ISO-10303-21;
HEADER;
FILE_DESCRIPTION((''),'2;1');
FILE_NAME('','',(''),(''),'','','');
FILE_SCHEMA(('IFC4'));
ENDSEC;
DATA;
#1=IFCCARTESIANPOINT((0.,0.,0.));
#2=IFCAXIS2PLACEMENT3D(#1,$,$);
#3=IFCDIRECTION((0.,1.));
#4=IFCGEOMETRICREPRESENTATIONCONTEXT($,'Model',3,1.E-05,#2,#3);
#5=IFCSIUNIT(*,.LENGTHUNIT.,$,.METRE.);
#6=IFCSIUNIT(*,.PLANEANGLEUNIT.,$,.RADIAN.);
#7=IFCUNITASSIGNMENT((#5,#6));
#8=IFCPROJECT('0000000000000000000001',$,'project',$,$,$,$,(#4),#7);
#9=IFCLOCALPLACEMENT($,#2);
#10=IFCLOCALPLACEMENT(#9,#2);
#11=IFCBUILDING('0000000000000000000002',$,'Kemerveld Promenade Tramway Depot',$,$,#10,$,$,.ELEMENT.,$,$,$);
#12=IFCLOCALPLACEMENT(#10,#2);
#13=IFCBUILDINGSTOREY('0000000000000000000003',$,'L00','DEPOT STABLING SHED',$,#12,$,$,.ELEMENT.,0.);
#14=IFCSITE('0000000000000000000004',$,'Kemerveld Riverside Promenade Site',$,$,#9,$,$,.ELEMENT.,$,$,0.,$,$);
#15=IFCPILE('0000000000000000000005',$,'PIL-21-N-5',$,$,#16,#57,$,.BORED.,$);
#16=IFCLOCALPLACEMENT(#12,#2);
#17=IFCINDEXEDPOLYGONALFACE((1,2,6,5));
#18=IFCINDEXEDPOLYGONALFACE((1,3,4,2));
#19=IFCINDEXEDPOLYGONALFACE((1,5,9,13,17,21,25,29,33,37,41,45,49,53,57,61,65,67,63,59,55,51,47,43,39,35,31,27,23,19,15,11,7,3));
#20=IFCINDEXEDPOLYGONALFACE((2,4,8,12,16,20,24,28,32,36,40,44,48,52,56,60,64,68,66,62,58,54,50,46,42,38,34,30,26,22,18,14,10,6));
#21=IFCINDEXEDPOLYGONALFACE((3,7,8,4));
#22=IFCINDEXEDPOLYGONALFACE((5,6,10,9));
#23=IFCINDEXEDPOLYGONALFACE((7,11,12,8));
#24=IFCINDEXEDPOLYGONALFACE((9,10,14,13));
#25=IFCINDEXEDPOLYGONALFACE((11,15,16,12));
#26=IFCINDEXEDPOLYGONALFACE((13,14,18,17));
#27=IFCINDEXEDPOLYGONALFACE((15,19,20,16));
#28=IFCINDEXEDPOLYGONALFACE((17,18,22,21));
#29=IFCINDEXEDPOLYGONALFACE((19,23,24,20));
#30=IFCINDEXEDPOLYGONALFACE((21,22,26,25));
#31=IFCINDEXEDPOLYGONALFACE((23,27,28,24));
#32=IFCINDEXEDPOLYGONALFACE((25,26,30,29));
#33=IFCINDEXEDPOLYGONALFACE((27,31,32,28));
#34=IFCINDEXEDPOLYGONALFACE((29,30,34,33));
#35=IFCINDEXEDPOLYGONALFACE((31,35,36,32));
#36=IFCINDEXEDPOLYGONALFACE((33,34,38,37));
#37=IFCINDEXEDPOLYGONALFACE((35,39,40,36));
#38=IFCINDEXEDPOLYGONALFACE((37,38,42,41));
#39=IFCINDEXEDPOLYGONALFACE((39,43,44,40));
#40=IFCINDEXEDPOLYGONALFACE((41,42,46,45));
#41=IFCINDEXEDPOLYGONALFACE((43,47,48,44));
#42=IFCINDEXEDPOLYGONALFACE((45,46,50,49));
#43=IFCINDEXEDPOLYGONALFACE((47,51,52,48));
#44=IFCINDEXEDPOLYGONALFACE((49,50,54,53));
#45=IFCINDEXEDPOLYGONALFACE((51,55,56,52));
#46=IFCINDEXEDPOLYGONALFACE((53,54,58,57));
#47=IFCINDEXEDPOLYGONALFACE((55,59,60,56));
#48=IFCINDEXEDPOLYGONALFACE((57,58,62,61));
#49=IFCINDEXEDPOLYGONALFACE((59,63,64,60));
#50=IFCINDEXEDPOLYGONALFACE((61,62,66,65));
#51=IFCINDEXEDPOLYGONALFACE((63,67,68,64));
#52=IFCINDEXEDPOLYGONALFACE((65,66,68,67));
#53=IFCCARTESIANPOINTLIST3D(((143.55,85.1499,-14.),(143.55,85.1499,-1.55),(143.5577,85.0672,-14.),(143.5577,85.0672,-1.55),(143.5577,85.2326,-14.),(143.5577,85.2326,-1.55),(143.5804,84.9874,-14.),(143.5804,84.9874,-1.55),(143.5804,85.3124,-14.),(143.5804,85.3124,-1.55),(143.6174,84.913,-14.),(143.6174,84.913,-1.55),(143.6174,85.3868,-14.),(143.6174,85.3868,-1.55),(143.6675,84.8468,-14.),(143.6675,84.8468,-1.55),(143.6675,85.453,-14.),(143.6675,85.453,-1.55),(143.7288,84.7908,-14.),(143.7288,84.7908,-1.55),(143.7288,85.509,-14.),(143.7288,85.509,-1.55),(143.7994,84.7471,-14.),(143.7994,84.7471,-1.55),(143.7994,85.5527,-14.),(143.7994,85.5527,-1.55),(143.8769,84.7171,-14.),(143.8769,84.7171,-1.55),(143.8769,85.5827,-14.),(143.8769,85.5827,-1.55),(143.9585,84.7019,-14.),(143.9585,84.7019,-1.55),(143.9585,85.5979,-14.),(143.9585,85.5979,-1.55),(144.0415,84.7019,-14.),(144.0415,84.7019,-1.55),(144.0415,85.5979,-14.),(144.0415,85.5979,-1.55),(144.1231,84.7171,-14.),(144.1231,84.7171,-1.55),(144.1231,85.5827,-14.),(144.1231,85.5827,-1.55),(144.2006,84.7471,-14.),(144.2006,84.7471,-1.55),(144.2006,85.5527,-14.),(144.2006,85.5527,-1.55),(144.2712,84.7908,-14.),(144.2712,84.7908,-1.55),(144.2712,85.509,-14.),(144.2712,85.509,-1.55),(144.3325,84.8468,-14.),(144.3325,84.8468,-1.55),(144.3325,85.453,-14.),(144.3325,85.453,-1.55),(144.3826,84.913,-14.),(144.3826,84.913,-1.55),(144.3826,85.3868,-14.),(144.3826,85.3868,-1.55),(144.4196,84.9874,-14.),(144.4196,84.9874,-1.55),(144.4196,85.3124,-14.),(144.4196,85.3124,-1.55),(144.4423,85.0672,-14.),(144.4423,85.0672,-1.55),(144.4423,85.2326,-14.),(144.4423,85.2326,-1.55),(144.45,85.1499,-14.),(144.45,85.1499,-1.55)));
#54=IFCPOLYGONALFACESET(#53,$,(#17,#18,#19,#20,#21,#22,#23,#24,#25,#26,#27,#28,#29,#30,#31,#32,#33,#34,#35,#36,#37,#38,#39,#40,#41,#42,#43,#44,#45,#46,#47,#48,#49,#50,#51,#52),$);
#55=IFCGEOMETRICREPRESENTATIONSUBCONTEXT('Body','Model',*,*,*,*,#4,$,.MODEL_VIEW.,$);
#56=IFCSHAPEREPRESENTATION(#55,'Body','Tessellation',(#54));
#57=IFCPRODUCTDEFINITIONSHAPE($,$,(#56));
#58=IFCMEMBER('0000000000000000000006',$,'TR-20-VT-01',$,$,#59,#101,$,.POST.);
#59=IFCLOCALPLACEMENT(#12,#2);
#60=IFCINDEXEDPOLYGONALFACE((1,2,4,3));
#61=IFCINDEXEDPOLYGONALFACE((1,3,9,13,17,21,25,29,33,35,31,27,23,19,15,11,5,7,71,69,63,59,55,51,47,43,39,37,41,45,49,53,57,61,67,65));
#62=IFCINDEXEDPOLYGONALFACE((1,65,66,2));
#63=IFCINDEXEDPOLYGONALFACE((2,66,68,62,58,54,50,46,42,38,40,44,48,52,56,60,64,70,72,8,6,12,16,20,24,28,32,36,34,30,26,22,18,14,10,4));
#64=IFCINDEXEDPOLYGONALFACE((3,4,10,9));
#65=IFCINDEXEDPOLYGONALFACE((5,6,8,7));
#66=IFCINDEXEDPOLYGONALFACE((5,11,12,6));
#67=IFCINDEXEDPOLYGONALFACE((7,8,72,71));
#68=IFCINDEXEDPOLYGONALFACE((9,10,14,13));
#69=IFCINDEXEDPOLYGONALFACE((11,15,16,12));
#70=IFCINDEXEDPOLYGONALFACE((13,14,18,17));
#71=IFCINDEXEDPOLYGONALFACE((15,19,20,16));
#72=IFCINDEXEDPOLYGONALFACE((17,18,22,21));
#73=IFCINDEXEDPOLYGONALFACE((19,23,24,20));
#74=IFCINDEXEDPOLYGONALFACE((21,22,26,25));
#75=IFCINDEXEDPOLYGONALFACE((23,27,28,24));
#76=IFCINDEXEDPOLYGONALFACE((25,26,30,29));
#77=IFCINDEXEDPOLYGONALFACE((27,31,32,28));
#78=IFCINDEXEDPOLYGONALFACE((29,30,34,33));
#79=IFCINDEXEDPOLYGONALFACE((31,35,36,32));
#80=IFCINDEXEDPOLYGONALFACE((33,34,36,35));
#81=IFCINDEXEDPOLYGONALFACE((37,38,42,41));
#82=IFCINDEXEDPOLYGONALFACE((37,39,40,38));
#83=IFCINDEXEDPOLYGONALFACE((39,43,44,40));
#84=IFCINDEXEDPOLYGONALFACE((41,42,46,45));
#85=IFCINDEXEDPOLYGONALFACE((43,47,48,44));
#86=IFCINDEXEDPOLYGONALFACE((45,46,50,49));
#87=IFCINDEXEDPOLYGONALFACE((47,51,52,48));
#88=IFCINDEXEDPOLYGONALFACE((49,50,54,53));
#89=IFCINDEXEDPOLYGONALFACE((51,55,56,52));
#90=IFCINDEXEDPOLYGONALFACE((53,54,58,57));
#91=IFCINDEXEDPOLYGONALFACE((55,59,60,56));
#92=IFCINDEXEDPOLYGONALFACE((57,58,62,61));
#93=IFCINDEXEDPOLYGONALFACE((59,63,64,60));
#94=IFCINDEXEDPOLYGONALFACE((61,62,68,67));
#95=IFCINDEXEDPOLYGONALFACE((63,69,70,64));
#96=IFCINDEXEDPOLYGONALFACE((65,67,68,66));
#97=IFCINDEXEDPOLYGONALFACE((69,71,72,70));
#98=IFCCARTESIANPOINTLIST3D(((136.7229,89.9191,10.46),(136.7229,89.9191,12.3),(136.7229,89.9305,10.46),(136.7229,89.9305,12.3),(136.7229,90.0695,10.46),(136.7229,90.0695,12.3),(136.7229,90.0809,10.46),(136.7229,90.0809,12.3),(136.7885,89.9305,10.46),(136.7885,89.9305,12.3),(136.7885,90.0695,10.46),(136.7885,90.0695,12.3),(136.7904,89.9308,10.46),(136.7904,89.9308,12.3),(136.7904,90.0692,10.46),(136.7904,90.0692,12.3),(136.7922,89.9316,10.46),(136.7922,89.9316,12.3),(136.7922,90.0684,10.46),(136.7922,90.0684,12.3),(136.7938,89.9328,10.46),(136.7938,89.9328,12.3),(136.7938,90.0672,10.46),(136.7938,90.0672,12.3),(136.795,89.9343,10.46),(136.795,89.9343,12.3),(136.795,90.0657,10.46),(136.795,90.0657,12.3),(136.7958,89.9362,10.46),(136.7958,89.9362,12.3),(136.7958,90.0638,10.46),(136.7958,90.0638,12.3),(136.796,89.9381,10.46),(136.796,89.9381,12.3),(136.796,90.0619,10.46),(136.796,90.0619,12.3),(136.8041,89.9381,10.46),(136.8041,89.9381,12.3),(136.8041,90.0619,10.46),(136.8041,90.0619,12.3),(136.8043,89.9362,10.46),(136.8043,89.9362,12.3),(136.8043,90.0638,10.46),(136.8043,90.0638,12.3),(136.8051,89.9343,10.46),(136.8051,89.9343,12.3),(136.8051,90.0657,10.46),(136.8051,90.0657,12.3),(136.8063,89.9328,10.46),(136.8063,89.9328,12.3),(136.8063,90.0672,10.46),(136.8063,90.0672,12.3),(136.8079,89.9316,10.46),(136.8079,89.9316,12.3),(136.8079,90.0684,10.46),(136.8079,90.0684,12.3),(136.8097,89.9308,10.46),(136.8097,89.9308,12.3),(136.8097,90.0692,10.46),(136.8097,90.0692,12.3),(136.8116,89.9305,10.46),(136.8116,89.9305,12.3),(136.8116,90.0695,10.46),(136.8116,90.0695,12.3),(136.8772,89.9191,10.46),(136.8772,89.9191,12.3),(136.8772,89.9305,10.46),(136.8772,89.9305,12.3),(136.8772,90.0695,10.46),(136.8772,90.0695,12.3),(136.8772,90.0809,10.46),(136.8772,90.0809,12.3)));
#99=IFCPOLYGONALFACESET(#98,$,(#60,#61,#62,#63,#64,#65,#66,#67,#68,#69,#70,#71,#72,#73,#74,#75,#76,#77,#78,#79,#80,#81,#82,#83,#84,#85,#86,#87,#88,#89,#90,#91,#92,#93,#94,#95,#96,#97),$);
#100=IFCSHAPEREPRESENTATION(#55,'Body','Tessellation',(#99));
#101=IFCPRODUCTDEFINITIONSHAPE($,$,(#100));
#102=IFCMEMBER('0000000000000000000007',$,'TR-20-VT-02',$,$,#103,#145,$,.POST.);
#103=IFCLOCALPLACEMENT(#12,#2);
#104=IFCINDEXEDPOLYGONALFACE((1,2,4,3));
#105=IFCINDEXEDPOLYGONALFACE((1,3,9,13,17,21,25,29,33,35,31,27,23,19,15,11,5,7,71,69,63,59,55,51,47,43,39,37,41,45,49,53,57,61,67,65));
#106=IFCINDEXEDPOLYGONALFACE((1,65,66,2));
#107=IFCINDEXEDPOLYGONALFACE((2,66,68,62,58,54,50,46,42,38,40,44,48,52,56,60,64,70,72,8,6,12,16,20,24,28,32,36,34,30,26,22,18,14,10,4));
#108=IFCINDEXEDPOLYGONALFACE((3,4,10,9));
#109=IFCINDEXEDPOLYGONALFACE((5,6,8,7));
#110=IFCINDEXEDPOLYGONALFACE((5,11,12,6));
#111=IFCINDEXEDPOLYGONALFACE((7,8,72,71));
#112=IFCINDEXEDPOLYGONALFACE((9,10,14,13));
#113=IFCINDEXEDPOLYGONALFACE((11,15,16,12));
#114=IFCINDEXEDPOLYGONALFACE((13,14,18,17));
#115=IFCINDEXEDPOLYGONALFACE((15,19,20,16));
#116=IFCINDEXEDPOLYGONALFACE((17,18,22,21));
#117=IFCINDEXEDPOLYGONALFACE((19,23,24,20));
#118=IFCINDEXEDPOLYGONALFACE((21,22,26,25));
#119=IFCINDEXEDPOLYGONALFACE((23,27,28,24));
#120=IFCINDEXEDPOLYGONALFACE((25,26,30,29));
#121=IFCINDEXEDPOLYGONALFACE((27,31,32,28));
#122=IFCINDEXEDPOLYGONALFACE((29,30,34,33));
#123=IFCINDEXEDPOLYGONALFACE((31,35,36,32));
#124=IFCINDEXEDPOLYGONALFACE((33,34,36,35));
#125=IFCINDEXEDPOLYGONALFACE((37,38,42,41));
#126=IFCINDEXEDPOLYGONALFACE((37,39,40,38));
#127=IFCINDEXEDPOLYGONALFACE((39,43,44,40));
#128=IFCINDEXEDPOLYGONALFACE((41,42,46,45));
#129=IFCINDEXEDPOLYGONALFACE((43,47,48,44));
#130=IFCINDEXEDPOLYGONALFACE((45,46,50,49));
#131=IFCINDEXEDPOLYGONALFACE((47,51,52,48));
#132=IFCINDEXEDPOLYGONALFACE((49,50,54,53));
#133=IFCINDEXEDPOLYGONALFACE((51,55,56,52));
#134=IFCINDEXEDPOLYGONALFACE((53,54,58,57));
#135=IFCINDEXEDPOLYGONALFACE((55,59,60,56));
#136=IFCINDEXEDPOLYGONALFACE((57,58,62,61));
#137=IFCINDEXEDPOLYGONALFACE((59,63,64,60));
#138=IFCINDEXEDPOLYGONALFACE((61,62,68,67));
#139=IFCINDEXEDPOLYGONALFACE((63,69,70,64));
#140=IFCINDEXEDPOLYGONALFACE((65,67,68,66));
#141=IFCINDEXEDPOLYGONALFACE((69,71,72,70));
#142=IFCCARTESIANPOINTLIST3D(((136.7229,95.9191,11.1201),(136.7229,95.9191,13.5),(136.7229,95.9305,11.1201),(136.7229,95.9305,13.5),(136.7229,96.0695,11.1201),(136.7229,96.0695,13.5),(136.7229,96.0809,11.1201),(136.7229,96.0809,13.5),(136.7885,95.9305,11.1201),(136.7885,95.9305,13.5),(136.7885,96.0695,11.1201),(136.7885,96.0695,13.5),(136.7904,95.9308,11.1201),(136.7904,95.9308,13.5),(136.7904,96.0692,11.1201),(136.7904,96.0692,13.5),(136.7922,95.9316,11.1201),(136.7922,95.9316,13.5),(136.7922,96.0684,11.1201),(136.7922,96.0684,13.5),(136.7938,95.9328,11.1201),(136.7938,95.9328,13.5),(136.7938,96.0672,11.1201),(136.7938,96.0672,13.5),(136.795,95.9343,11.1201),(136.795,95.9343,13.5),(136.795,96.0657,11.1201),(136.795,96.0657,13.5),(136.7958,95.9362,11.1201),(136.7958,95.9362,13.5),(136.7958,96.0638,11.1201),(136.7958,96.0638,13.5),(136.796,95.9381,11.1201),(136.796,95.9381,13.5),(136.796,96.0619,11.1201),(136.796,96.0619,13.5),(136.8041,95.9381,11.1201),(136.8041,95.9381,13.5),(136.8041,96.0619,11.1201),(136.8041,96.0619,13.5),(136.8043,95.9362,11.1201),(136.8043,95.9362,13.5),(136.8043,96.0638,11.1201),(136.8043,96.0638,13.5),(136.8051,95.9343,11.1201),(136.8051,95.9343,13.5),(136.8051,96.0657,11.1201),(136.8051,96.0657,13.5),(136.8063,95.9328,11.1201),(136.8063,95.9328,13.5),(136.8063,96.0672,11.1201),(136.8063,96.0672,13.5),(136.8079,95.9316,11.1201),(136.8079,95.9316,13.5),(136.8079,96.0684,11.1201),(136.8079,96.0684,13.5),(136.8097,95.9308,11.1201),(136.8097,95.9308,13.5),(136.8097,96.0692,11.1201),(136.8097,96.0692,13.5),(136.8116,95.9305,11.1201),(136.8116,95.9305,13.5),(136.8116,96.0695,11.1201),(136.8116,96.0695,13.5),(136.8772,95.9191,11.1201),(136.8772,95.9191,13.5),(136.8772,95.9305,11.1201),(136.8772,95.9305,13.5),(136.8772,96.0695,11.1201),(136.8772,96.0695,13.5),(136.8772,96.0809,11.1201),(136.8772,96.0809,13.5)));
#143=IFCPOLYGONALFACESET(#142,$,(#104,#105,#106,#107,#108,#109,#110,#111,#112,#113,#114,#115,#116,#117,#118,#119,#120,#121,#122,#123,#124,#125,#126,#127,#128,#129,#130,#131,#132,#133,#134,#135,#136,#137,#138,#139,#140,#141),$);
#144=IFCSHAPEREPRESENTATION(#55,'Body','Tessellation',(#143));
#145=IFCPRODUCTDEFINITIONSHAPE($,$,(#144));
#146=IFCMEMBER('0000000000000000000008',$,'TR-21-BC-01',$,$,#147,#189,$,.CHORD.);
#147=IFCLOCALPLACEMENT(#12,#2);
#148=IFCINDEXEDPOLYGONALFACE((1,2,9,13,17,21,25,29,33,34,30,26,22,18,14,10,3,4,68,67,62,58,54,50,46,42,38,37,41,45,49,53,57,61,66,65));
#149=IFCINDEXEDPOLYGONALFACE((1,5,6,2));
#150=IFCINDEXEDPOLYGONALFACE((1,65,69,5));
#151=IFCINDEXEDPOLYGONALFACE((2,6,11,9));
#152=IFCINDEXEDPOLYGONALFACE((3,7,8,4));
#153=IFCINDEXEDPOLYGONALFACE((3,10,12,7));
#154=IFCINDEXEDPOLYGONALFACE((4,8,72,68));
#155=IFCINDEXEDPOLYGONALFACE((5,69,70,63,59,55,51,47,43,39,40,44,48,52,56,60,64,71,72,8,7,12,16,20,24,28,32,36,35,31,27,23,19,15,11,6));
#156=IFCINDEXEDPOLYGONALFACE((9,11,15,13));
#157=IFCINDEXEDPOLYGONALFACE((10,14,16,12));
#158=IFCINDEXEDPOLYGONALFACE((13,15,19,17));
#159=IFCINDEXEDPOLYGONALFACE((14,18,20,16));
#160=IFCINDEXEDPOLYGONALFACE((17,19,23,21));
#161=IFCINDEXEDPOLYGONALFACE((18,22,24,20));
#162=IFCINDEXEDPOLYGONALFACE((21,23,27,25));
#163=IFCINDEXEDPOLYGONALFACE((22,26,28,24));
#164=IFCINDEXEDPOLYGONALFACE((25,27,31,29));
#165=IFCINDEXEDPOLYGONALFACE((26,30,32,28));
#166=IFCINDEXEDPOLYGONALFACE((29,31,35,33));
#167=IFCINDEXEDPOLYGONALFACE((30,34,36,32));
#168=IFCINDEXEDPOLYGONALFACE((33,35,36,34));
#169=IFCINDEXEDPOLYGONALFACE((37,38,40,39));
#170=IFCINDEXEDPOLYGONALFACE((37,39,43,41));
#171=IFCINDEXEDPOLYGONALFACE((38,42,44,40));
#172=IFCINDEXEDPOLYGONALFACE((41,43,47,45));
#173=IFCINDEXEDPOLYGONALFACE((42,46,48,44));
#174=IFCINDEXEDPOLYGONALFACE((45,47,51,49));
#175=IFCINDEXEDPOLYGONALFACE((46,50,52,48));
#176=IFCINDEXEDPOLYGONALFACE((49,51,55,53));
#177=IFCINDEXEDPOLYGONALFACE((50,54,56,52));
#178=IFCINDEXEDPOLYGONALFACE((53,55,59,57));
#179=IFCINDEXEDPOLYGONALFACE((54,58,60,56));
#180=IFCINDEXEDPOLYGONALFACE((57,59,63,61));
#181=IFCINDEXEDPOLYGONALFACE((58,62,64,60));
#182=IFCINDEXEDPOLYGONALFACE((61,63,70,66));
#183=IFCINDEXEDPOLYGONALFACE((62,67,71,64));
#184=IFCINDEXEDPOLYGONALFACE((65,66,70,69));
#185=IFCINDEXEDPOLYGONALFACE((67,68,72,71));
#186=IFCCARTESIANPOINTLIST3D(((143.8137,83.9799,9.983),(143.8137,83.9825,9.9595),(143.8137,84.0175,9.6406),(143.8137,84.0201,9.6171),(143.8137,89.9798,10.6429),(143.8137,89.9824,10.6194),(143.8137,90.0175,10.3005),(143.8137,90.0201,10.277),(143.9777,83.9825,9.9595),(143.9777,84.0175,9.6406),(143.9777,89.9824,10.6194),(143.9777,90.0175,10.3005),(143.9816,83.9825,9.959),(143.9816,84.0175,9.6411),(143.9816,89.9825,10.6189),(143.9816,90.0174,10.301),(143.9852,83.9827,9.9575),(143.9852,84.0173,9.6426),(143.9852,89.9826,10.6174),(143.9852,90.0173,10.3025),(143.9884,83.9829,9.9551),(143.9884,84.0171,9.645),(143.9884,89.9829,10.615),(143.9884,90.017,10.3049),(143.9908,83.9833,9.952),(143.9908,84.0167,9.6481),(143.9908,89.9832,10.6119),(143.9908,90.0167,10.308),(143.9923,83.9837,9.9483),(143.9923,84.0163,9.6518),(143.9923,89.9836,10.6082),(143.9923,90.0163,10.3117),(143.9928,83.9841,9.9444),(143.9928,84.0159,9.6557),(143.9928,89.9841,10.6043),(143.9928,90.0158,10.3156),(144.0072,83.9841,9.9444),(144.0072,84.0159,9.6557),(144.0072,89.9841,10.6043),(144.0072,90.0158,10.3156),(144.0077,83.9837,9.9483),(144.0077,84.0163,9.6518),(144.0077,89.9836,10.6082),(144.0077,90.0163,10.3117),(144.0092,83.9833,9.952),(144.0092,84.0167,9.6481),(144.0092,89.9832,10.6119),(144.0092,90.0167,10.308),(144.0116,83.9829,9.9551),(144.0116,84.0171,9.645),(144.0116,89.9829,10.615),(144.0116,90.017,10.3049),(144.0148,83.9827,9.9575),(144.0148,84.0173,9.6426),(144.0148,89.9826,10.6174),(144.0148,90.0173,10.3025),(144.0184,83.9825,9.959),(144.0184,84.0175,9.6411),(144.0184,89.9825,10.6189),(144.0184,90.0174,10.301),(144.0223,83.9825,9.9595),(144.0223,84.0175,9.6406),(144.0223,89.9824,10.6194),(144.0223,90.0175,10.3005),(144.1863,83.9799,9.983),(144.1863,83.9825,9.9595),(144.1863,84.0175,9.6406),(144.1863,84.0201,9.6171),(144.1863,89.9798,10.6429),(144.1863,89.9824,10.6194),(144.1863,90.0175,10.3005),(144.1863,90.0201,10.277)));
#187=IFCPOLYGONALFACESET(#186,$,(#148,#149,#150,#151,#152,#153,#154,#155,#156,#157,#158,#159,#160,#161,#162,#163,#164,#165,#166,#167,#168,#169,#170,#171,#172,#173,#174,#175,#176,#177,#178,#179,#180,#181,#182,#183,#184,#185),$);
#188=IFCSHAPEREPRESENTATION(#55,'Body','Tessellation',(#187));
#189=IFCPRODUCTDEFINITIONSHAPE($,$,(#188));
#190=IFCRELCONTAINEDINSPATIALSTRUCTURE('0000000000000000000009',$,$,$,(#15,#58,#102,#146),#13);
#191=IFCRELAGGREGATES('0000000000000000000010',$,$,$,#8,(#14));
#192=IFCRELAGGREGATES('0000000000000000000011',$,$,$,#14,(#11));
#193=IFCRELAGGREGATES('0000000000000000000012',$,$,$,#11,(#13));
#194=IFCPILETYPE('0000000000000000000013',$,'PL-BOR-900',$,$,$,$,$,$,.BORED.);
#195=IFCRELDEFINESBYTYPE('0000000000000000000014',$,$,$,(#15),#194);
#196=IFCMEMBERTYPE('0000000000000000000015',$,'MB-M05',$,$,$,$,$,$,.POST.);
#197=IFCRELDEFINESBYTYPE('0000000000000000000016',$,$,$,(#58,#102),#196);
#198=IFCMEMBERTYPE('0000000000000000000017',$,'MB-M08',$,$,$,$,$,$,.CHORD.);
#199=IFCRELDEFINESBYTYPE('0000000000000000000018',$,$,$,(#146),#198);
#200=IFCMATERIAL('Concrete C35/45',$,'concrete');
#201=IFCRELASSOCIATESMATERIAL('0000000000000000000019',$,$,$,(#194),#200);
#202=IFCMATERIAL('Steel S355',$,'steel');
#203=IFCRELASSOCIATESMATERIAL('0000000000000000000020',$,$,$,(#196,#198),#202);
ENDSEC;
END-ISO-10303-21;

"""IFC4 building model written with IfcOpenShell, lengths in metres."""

from ifc_helpers import new_model, si_unit, direction, frame, origin, origin_2d, place, context, subcontext, project, spatial, circle, i_section, extrude, material, material_profile, profile_set, type_object, element, save


model = new_model("IFC4")

# Units and contexts
model_context = context("Model", 3, precision=1e-05, world=origin(), true_north=direction((0.0, 1.0)))
body_context = subcontext(model_context, "Body", "Model", "MODEL_VIEW")
ifc_project = project(units=[si_unit("LENGTHUNIT", "METRE"), si_unit("PLANEANGLEUNIT", "RADIAN")], contexts=[model_context])

# Site, building, storey
site_placement = place(None, origin())
site = spatial("IfcSite", under=ifc_project, at=site_placement, Name="Kemerveld Riverside Promenade Site", CompositionType="ELEMENT", RefElevation=0.0)
building_placement = place(site_placement, origin())
building = spatial("IfcBuilding", under=site, at=building_placement, Name="Kemerveld Promenade Tramway Depot", CompositionType="ELEMENT")
storey_placement = place(building_placement, origin())
storey = spatial("IfcBuildingStorey", under=building, at=storey_placement, Name="L00", Description="DEPOT STABLING SHED", CompositionType="ELEMENT", Elevation=0.0)

# Shared definitions
ifc_material_1 = material(Name="Concrete C35/45", Category="concrete")

# Pile
ifc_material_profile_1 = material_profile(ifc_material_1, circle(Radius=0.45, at=origin_2d()), Name="PILE-D900")
ifc_profile_set_1 = profile_set([ifc_material_profile_1], Name="Concrete C35/45")
pile_type_1 = type_object("IfcPileType", Name="PL-BOR-900", PredefinedType="BORED", material=ifc_profile_set_1)
for number, where, z_axis, x_axis, name in (
    (1, (144.0, 85.1499, -1.55), (0.0, 0.0, -1.0), (1.0, 0.0, 0.0), "PIL-21-N-5"),
):
    element("IfcPile", number, at=place(storey_placement, frame(where, z_axis=z_axis, x_axis=x_axis)), inside=storey, type_object=pile_type_1, Name=name, PredefinedType="BORED", context=body_context, shape_type="SweptSolid", body=[
        extrude(circle(Radius=0.45, at=origin_2d()), origin(), (0.0, 0.0, 1.0), 12.45),
    ])

# Members
ifc_material_2 = material(Name="Steel S355", Category="steel")
ifc_material_profile_2 = material_profile(ifc_material_2, i_section(OverallWidth=0.1543, OverallDepth=0.1619, WebThickness=0.0081, FlangeThickness=0.0115, FilletRadius=0.0076, at=origin_2d()), Name="152x152x37 UC")
ifc_profile_set_2 = profile_set([ifc_material_profile_2], Name="Steel S355")
member_type_1 = type_object("IfcMemberType", Name="MB-M05", PredefinedType="POST", material=ifc_profile_set_2)
member_1_placement = place(storey_placement, frame((136.8, 90.0, 10.46), z_axis=(0.0, 0.0, 1.0), x_axis=(1.0, 0.0, 0.0)))
element("IfcMember", 2, at=member_1_placement, inside=storey, type_object=member_type_1, Name="TR-20-VT-01", PredefinedType="POST", context=body_context, shape_type="SweptSolid", body=[
    extrude(i_section(OverallWidth=0.1543, OverallDepth=0.1619, WebThickness=0.0081, FlangeThickness=0.0115, FilletRadius=0.0076, at=origin_2d()), origin(), (0.0, 0.0, 1.0), 1.8401),
])
member_2_placement = place(storey_placement, frame((136.8, 96.0, 11.1201), z_axis=(0.0, 0.0, 1.0), x_axis=(1.0, 0.0, 0.0)))
element("IfcMember", 3, at=member_2_placement, inside=storey, type_object=member_type_1, Name="TR-20-VT-02", PredefinedType="POST", context=body_context, shape_type="SweptSolid", body=[
    extrude(i_section(OverallWidth=0.1543, OverallDepth=0.1619, WebThickness=0.0081, FlangeThickness=0.0115, FilletRadius=0.0076, at=origin_2d()), origin(), (0.0, 0.0, 1.0), 2.3799),
])
ifc_material_profile_3 = material_profile(ifc_material_2, i_section(OverallWidth=0.3726, OverallDepth=0.3682, WebThickness=0.0144, FlangeThickness=0.0237, FilletRadius=0.0151, at=origin_2d()), Name="356x368x177 UC")
ifc_profile_set_3 = profile_set([ifc_material_profile_3], Name="Steel S355")
member_type_2 = type_object("IfcMemberType", Name="MB-M08", PredefinedType="CHORD", material=ifc_profile_set_3)
for number, where, z_axis, x_axis, name in (
    (4, (144.0, 84.0, 9.8), (0.0, 0.994006, 0.109326), (-1.0, 0.0, 0.0), "TR-21-BC-01"),
):
    element("IfcMember", number, at=place(storey_placement, frame(where, z_axis=z_axis, x_axis=x_axis)), inside=storey, type_object=member_type_2, Name=name, PredefinedType="CHORD", context=body_context, shape_type="SweptSolid", body=[
        extrude(i_section(OverallWidth=0.3726, OverallDepth=0.3682, WebThickness=0.0144, FlangeThickness=0.0237, FilletRadius=0.0151, at=origin_2d()), origin(), (0.0, 0.0, 1.0), 6.0361),
    ])

save(model, "model.ifc")
